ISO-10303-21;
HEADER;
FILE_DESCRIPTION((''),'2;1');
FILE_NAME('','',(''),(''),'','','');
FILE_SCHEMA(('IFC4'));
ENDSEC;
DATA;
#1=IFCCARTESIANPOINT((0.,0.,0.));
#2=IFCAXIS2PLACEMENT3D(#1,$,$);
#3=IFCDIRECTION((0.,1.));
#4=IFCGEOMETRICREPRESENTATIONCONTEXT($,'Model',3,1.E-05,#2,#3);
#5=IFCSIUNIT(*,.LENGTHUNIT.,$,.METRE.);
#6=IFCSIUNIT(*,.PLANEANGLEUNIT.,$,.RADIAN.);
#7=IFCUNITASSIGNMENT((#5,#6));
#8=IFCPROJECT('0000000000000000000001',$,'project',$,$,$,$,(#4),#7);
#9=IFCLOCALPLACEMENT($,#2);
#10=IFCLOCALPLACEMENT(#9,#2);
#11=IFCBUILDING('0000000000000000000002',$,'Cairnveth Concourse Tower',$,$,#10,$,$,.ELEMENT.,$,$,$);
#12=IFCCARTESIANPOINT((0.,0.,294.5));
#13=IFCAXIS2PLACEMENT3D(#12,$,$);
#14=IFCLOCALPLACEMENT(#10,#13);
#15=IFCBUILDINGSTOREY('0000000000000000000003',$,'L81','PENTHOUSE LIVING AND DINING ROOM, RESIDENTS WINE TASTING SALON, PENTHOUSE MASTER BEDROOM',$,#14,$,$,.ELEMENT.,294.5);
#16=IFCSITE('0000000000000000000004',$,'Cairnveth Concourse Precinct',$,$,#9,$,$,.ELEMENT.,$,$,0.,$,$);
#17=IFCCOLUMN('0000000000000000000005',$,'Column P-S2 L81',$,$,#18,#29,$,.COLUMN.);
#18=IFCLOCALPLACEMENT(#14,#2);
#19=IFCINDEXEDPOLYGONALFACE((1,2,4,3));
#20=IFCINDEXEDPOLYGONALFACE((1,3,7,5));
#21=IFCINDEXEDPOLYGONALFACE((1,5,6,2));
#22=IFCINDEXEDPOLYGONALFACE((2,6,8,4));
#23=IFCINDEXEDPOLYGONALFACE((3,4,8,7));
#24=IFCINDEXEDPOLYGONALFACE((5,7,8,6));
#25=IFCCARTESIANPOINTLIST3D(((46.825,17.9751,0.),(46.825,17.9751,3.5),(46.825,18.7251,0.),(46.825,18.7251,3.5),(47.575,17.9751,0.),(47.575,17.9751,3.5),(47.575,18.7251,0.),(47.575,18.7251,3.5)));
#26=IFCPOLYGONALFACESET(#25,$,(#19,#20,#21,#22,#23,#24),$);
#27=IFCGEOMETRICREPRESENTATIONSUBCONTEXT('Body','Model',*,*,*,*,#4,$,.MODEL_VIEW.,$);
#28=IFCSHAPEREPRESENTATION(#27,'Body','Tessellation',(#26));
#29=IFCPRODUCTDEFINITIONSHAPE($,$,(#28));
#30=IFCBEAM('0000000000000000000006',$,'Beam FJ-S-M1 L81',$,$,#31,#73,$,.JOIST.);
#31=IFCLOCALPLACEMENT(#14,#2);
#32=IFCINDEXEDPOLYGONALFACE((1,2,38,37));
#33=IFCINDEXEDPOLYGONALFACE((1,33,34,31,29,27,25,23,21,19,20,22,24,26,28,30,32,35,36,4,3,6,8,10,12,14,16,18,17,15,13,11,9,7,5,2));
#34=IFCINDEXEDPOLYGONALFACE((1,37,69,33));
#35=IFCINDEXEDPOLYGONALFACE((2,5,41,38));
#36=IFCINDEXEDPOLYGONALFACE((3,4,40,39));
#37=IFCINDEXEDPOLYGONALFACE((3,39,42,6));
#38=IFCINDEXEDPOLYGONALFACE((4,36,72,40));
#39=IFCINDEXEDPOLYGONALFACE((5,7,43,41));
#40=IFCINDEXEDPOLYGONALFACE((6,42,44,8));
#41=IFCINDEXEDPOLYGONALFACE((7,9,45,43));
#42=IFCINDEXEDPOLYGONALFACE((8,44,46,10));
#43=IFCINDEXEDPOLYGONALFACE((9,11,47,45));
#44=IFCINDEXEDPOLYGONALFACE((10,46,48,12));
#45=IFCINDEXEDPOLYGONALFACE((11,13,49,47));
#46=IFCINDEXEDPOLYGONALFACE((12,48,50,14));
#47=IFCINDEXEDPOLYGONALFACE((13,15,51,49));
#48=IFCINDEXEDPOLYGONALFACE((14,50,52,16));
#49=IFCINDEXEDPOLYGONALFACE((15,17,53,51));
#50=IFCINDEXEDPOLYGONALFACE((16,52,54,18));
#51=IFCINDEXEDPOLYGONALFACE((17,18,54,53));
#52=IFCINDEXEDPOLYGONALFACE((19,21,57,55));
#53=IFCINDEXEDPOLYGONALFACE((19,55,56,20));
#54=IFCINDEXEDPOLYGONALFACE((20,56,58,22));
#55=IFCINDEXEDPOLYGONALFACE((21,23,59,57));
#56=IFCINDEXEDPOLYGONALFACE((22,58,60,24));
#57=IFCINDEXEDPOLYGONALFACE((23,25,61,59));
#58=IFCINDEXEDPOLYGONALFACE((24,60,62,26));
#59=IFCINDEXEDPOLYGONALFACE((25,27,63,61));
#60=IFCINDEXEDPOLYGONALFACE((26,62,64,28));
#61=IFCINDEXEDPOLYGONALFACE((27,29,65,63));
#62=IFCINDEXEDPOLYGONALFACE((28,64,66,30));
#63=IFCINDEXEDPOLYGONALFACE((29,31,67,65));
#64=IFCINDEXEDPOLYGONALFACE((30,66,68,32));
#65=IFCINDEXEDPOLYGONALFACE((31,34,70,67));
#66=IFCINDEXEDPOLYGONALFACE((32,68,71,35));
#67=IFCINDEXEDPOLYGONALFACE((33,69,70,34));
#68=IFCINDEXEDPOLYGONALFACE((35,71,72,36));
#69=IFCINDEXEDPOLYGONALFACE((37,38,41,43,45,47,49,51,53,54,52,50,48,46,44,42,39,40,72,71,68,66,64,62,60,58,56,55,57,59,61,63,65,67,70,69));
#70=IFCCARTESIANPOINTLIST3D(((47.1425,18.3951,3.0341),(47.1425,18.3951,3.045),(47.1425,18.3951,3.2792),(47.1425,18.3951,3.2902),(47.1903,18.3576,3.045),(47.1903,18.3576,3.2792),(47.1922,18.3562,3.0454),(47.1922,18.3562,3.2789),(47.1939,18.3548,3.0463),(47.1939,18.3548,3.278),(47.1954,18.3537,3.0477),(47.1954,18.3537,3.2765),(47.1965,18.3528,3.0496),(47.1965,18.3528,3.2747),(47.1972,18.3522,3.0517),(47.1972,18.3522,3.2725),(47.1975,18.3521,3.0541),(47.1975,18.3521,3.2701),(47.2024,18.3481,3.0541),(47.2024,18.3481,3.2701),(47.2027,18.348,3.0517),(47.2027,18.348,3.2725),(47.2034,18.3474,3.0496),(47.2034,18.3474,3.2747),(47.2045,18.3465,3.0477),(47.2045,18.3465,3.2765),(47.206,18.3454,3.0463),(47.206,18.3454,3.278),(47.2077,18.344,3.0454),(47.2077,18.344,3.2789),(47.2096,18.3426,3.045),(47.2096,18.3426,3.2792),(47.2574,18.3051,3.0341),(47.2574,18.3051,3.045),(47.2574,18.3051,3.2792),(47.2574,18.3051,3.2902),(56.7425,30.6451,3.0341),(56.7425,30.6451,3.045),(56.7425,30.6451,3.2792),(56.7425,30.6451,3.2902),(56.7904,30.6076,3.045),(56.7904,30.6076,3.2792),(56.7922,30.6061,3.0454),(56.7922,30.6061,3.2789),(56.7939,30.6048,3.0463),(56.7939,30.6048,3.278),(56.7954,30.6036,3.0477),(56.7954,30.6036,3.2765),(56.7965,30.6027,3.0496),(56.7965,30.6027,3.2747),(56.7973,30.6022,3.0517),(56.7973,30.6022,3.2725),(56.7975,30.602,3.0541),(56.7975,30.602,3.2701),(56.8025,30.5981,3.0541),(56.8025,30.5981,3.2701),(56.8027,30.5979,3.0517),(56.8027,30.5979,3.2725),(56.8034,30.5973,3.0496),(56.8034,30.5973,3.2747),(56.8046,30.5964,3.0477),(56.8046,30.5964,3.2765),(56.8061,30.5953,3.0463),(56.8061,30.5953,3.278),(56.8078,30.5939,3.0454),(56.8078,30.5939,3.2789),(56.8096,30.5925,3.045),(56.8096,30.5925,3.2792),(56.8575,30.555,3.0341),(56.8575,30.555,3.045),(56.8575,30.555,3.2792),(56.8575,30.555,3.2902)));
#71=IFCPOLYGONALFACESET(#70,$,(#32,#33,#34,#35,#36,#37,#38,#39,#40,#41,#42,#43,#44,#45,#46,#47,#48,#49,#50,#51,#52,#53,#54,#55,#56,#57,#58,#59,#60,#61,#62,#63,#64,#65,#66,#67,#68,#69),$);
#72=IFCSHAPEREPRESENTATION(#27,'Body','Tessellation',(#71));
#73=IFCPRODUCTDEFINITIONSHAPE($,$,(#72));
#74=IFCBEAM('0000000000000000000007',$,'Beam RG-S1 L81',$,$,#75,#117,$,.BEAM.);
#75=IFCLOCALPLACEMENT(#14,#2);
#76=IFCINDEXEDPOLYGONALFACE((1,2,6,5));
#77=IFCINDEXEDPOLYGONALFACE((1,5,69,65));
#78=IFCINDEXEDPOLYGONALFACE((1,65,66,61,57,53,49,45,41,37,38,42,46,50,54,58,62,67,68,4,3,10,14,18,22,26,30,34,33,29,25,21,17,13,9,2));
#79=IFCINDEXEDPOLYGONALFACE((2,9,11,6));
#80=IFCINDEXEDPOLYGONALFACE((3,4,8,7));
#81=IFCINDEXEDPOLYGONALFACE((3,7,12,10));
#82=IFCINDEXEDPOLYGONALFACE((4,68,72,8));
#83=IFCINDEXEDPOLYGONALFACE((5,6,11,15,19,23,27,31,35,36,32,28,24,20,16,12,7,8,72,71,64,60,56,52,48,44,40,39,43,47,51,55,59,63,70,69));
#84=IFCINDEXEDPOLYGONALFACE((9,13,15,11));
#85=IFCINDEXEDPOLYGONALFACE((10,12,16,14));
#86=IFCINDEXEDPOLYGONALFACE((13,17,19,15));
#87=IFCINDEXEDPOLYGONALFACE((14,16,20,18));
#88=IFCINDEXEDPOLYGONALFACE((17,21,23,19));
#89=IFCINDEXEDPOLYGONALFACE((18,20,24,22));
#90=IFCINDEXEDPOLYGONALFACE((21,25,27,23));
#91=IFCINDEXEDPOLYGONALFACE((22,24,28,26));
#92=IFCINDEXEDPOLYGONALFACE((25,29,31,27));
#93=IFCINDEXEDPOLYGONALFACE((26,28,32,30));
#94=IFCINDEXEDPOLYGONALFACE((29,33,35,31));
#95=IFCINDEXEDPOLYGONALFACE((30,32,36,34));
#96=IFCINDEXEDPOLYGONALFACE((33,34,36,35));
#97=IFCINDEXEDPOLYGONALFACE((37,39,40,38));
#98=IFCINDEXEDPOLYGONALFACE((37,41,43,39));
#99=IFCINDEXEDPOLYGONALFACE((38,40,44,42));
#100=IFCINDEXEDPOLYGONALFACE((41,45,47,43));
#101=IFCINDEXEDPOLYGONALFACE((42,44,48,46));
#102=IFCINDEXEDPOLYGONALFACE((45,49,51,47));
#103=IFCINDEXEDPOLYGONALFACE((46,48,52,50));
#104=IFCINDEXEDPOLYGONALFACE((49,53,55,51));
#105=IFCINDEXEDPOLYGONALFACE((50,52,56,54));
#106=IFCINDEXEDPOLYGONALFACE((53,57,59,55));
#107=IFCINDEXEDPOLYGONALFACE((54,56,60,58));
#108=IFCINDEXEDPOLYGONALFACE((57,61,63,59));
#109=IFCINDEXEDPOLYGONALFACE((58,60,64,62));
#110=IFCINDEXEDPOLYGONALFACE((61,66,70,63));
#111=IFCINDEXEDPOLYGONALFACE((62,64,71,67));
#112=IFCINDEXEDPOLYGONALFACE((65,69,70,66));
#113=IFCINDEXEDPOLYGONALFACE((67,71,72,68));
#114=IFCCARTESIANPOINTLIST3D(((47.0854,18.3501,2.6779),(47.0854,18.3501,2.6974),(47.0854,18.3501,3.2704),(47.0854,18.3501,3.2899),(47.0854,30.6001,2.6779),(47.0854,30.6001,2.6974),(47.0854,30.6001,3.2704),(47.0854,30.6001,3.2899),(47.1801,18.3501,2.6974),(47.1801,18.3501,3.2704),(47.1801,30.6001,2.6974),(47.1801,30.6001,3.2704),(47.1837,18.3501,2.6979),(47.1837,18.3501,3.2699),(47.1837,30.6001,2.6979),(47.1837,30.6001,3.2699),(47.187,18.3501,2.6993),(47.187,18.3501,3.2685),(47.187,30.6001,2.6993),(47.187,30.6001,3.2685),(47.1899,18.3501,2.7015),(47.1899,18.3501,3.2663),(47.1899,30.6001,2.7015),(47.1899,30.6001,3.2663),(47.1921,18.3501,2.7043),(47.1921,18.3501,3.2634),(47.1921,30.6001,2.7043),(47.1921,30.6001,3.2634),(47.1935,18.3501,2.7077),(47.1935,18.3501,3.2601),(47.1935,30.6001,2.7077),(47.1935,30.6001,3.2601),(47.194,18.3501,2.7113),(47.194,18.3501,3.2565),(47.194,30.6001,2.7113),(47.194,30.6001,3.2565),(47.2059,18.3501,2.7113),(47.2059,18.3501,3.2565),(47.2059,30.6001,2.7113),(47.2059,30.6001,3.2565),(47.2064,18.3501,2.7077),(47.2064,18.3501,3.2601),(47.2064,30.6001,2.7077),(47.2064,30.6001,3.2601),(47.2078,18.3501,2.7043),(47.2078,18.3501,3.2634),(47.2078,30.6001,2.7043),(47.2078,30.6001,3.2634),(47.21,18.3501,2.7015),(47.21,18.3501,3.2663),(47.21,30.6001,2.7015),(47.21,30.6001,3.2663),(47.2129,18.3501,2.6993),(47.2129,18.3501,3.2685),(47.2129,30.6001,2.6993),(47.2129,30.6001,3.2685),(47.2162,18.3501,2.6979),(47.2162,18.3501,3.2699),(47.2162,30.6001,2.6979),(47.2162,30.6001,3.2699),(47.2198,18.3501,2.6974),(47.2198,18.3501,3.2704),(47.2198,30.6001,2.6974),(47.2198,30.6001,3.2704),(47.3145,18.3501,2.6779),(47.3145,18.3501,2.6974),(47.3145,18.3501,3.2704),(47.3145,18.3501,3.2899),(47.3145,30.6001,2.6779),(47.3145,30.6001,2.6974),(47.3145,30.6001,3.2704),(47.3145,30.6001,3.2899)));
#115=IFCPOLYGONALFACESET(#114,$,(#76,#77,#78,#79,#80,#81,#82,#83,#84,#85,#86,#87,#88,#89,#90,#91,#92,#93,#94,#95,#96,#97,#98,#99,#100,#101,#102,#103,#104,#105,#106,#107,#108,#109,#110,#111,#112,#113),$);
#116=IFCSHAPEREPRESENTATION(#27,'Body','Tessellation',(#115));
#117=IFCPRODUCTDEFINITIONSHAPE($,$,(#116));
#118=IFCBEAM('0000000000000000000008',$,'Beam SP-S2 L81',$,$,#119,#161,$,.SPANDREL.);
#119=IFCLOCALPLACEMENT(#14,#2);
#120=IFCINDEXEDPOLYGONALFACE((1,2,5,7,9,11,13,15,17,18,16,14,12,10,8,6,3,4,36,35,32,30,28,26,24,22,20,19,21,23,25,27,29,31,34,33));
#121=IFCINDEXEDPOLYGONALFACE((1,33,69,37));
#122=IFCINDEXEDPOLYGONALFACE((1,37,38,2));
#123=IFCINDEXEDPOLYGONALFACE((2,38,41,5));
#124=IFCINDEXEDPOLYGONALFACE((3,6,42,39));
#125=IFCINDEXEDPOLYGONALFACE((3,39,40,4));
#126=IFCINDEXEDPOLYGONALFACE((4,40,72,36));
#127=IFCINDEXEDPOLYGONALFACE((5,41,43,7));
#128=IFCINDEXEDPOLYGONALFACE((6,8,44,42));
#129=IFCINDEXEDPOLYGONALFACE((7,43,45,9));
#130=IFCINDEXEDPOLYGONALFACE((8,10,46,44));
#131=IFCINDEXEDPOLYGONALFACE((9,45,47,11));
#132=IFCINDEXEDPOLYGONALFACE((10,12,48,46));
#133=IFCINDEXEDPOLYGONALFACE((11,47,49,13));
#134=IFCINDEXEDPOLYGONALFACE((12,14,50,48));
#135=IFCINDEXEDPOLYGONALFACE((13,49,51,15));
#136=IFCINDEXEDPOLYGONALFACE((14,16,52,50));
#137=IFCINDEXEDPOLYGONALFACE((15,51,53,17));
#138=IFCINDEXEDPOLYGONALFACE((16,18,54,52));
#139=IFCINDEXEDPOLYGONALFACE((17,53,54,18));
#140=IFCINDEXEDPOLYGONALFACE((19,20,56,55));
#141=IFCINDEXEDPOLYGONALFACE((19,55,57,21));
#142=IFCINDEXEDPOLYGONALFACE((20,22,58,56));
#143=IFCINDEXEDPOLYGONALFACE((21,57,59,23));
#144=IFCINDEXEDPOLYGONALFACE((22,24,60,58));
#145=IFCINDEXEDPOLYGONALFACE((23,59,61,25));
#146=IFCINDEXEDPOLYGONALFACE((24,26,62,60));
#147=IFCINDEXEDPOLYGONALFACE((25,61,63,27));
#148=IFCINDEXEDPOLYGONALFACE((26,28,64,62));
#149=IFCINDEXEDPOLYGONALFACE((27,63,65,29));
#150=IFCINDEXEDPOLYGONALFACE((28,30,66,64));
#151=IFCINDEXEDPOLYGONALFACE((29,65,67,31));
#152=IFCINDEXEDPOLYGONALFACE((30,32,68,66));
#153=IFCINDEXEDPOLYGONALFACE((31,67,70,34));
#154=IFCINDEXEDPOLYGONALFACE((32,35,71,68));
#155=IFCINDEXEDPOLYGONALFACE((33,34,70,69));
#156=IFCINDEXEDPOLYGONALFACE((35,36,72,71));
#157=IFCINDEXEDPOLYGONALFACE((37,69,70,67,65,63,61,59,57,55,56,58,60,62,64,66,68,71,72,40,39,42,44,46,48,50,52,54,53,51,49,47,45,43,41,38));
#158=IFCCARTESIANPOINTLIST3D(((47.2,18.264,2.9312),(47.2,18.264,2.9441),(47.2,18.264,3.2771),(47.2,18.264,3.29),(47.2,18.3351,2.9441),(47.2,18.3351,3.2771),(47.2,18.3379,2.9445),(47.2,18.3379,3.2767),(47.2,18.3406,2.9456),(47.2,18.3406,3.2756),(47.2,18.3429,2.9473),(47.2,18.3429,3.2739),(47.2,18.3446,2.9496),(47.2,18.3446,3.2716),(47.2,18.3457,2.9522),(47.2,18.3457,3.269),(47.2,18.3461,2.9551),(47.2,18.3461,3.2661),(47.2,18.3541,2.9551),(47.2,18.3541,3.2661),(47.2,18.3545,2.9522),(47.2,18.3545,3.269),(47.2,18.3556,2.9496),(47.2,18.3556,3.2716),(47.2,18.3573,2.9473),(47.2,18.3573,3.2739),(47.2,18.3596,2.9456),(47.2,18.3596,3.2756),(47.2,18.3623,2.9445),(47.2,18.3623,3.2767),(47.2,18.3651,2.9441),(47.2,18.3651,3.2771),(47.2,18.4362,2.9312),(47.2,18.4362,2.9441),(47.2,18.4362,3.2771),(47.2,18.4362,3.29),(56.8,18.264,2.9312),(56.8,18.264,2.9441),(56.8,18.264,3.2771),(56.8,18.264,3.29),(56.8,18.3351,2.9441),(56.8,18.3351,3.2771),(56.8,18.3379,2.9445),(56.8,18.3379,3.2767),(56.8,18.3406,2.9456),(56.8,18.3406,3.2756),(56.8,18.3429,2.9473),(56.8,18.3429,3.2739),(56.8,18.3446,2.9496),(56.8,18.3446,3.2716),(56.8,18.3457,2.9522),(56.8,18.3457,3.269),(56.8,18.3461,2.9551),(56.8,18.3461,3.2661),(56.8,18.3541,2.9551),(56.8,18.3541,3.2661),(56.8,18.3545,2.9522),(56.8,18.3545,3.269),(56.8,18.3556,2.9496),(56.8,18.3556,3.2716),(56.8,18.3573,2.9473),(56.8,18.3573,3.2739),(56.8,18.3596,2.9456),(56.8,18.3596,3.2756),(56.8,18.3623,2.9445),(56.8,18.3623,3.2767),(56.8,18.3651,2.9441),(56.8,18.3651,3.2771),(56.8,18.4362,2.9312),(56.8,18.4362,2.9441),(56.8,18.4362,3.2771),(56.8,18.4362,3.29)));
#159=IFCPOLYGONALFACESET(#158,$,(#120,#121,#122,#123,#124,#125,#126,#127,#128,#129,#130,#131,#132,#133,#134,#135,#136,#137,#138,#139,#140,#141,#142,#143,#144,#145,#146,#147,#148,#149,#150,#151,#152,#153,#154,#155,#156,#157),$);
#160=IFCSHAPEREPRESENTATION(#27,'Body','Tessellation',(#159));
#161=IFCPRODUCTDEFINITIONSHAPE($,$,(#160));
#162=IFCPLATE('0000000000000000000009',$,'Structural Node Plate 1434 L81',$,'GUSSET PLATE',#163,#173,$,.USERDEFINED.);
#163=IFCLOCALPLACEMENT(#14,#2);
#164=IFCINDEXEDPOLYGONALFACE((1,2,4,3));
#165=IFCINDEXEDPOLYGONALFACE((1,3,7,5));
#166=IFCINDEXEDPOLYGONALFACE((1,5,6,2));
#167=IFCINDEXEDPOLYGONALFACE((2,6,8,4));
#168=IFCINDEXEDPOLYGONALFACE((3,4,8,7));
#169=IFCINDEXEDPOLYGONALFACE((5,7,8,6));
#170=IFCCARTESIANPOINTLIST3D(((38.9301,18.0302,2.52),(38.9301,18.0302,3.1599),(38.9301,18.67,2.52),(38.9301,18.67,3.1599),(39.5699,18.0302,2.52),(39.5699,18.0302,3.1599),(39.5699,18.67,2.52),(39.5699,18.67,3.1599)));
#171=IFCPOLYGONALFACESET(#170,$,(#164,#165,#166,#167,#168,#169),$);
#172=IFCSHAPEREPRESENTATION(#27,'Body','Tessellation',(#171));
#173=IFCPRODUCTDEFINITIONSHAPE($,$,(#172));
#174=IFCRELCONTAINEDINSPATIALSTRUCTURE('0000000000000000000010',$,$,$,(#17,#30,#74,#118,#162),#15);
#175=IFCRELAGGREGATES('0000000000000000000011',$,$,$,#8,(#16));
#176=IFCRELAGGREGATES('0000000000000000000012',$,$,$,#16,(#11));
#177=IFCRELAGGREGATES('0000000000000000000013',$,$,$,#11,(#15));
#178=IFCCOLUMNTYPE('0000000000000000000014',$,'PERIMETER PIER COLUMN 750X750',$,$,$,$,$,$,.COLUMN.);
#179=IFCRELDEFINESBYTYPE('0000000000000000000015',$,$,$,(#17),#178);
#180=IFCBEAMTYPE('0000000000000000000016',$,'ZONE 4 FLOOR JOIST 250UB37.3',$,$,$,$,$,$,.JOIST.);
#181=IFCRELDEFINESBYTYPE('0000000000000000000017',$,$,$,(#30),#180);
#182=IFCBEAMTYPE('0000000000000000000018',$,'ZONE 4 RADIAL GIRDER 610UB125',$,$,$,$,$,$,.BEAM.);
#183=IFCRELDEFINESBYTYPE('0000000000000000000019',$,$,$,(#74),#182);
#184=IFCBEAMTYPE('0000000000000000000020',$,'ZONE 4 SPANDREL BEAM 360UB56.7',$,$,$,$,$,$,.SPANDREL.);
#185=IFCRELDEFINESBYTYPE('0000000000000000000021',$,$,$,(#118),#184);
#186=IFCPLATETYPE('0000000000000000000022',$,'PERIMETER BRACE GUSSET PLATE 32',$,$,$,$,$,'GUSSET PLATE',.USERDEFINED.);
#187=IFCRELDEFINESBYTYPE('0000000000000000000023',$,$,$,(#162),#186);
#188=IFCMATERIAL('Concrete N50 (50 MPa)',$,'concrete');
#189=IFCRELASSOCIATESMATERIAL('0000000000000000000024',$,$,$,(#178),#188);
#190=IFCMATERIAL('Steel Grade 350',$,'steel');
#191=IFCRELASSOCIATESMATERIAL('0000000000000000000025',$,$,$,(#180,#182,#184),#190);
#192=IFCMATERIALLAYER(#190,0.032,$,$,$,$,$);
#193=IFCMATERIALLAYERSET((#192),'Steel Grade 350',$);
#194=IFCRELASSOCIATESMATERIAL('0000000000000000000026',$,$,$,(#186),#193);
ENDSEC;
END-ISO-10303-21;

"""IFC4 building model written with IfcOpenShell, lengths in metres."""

from ifc_helpers import new_model, si_unit, direction, frame, origin, origin_2d, place, context, subcontext, project, spatial, rectangle, i_section, extrude, material, layer, layer_set, material_profile, profile_set, type_object, element, save


model = new_model("IFC4")

# Units and contexts
model_context = context("Model", 3, precision=1e-05, world=origin(), true_north=direction((0.0, 1.0)))
body_context = subcontext(model_context, "Body", "Model", "MODEL_VIEW")
ifc_project = project(units=[si_unit("LENGTHUNIT", "METRE"), si_unit("PLANEANGLEUNIT", "RADIAN")], contexts=[model_context])

# Site, building, storey
site_placement = place(None, origin())
site = spatial("IfcSite", under=ifc_project, at=site_placement, Name="Cairnveth Concourse Precinct", CompositionType="ELEMENT", RefElevation=0.0)
building_placement = place(site_placement, origin())
building = spatial("IfcBuilding", under=site, at=building_placement, Name="Cairnveth Concourse Tower", CompositionType="ELEMENT")
storey_placement = place(building_placement, frame((0.0, 0.0, 294.5)))
storey = spatial("IfcBuildingStorey", under=building, at=storey_placement, Name="L81", Description="PENTHOUSE LIVING AND DINING ROOM, RESIDENTS WINE TASTING SALON, PENTHOUSE MASTER BEDROOM", CompositionType="ELEMENT", Elevation=294.5)

# Column
ifc_material_1 = material(Name="Concrete N50 (50 MPa)", Category="concrete")
ifc_material_profile_1 = material_profile(ifc_material_1, rectangle(XDim=0.75, YDim=0.75, at=origin_2d()), Name="RC-COL-750x750")
ifc_profile_set_1 = profile_set([ifc_material_profile_1], Name="Concrete N50 (50 MPa)")
column_type = type_object("IfcColumnType", Name="PERIMETER PIER COLUMN 750X750", PredefinedType="COLUMN", material=ifc_profile_set_1)
column_placement = place(storey_placement, frame((47.2, 18.3501, 0.0), z_axis=(0.0, 0.0, 1.0), x_axis=(1.0, 0.0, 0.0)))
element("IfcColumn", 1, at=column_placement, inside=storey, type_object=column_type, Name="Column P-S2 L81", PredefinedType="COLUMN", context=body_context, shape_type="SweptSolid", body=[
    extrude(rectangle(XDim=0.75, YDim=0.75, at=origin_2d()), origin(), (0.0, 0.0, 1.0), 3.5),
])

# Beams
ifc_material_2 = material(Name="Steel Grade 350", Category="steel")
ifc_material_profile_2 = material_profile(ifc_material_2, i_section(OverallWidth=0.146, OverallDepth=0.2561, WebThickness=0.0063, FlangeThickness=0.011, FilletRadius=0.009, at=origin_2d()), Name="250UB37.3")
ifc_profile_set_2 = profile_set([ifc_material_profile_2], Name="Steel Grade 350")
beam_type_1 = type_object("IfcBeamType", Name="ZONE 4 FLOOR JOIST 250UB37.3", PredefinedType="JOIST", material=ifc_profile_set_2)
beam_1_placement = place(storey_placement, frame((47.2, 18.3501, 3.1621), z_axis=(0.616832, 0.787095, 0.0), x_axis=(-0.787095, 0.616832, 0.0)))
element("IfcBeam", 2, at=beam_1_placement, inside=storey, type_object=beam_type_1, Name="Beam FJ-S-M1 L81", PredefinedType="JOIST", context=body_context, shape_type="SweptSolid", body=[
    extrude(i_section(OverallWidth=0.146, OverallDepth=0.2561, WebThickness=0.0063, FlangeThickness=0.011, FilletRadius=0.009, at=origin_2d()), origin(), (0.0, 0.0, 1.0), 15.5635),
])
ifc_material_profile_3 = material_profile(ifc_material_2, i_section(OverallWidth=0.229, OverallDepth=0.6121, WebThickness=0.012, FlangeThickness=0.0195, FilletRadius=0.0139, at=origin_2d()), Name="610UB125")
ifc_profile_set_3 = profile_set([ifc_material_profile_3], Name="Steel Grade 350")
beam_type_2 = type_object("IfcBeamType", Name="ZONE 4 RADIAL GIRDER 610UB125", PredefinedType="BEAM", material=ifc_profile_set_3)
beam_2_placement = place(storey_placement, frame((47.2, 18.3501, 2.9839), z_axis=(0.0, 1.0, 0.0), x_axis=(-1.0, 0.0, 0.0)))
element("IfcBeam", 3, at=beam_2_placement, inside=storey, type_object=beam_type_2, Name="Beam RG-S1 L81", PredefinedType="BEAM", context=body_context, shape_type="SweptSolid", body=[
    extrude(i_section(OverallWidth=0.229, OverallDepth=0.6121, WebThickness=0.012, FlangeThickness=0.0195, FilletRadius=0.0139, at=origin_2d()), origin(), (0.0, 0.0, 1.0), 12.25),
])
ifc_material_profile_4 = material_profile(ifc_material_2, i_section(OverallWidth=0.1721, OverallDepth=0.3589, WebThickness=0.0081, FlangeThickness=0.0129, FilletRadius=0.011, at=origin_2d()), Name="360UB56.7")
ifc_profile_set_4 = profile_set([ifc_material_profile_4], Name="Steel Grade 350")
beam_type_3 = type_object("IfcBeamType", Name="ZONE 4 SPANDREL BEAM 360UB56.7", PredefinedType="SPANDREL", material=ifc_profile_set_4)
beam_3_placement = place(storey_placement, frame((47.2, 18.3501, 3.1106), z_axis=(1.0, 0.0, 0.0), x_axis=(0.0, 1.0, 0.0)))
element("IfcBeam", 4, at=beam_3_placement, inside=storey, type_object=beam_type_3, Name="Beam SP-S2 L81", PredefinedType="SPANDREL", context=body_context, shape_type="SweptSolid", body=[
    extrude(i_section(OverallWidth=0.1721, OverallDepth=0.3589, WebThickness=0.0081, FlangeThickness=0.0129, FilletRadius=0.011, at=origin_2d()), origin(), (0.0, 0.0, 1.0), 9.6001),
])

# Plate
ifc_layer_1 = layer(ifc_material_2, 0.032)
ifc_layer_set_1 = layer_set([ifc_layer_1], Name="Steel Grade 350")
plate_type = type_object("IfcPlateType", Name="PERIMETER BRACE GUSSET PLATE 32", ElementType="GUSSET PLATE", PredefinedType="USERDEFINED", material=ifc_layer_set_1)
plate_placement = place(storey_placement, frame((39.25, 18.3501, 2.52), z_axis=(0.0, 0.0, 1.0), x_axis=(1.0, 0.0, 0.0)))
element("IfcPlate", 5, at=plate_placement, inside=storey, type_object=plate_type, Name="Structural Node Plate 1434 L81", ObjectType="GUSSET PLATE", PredefinedType="USERDEFINED", context=body_context, shape_type="SweptSolid", body=[
    extrude(rectangle(XDim=0.6399, YDim=0.6399, at=origin_2d()), origin(), (0.0, 0.0, 1.0), 0.6399),
])

save(model, "model.ifc")
